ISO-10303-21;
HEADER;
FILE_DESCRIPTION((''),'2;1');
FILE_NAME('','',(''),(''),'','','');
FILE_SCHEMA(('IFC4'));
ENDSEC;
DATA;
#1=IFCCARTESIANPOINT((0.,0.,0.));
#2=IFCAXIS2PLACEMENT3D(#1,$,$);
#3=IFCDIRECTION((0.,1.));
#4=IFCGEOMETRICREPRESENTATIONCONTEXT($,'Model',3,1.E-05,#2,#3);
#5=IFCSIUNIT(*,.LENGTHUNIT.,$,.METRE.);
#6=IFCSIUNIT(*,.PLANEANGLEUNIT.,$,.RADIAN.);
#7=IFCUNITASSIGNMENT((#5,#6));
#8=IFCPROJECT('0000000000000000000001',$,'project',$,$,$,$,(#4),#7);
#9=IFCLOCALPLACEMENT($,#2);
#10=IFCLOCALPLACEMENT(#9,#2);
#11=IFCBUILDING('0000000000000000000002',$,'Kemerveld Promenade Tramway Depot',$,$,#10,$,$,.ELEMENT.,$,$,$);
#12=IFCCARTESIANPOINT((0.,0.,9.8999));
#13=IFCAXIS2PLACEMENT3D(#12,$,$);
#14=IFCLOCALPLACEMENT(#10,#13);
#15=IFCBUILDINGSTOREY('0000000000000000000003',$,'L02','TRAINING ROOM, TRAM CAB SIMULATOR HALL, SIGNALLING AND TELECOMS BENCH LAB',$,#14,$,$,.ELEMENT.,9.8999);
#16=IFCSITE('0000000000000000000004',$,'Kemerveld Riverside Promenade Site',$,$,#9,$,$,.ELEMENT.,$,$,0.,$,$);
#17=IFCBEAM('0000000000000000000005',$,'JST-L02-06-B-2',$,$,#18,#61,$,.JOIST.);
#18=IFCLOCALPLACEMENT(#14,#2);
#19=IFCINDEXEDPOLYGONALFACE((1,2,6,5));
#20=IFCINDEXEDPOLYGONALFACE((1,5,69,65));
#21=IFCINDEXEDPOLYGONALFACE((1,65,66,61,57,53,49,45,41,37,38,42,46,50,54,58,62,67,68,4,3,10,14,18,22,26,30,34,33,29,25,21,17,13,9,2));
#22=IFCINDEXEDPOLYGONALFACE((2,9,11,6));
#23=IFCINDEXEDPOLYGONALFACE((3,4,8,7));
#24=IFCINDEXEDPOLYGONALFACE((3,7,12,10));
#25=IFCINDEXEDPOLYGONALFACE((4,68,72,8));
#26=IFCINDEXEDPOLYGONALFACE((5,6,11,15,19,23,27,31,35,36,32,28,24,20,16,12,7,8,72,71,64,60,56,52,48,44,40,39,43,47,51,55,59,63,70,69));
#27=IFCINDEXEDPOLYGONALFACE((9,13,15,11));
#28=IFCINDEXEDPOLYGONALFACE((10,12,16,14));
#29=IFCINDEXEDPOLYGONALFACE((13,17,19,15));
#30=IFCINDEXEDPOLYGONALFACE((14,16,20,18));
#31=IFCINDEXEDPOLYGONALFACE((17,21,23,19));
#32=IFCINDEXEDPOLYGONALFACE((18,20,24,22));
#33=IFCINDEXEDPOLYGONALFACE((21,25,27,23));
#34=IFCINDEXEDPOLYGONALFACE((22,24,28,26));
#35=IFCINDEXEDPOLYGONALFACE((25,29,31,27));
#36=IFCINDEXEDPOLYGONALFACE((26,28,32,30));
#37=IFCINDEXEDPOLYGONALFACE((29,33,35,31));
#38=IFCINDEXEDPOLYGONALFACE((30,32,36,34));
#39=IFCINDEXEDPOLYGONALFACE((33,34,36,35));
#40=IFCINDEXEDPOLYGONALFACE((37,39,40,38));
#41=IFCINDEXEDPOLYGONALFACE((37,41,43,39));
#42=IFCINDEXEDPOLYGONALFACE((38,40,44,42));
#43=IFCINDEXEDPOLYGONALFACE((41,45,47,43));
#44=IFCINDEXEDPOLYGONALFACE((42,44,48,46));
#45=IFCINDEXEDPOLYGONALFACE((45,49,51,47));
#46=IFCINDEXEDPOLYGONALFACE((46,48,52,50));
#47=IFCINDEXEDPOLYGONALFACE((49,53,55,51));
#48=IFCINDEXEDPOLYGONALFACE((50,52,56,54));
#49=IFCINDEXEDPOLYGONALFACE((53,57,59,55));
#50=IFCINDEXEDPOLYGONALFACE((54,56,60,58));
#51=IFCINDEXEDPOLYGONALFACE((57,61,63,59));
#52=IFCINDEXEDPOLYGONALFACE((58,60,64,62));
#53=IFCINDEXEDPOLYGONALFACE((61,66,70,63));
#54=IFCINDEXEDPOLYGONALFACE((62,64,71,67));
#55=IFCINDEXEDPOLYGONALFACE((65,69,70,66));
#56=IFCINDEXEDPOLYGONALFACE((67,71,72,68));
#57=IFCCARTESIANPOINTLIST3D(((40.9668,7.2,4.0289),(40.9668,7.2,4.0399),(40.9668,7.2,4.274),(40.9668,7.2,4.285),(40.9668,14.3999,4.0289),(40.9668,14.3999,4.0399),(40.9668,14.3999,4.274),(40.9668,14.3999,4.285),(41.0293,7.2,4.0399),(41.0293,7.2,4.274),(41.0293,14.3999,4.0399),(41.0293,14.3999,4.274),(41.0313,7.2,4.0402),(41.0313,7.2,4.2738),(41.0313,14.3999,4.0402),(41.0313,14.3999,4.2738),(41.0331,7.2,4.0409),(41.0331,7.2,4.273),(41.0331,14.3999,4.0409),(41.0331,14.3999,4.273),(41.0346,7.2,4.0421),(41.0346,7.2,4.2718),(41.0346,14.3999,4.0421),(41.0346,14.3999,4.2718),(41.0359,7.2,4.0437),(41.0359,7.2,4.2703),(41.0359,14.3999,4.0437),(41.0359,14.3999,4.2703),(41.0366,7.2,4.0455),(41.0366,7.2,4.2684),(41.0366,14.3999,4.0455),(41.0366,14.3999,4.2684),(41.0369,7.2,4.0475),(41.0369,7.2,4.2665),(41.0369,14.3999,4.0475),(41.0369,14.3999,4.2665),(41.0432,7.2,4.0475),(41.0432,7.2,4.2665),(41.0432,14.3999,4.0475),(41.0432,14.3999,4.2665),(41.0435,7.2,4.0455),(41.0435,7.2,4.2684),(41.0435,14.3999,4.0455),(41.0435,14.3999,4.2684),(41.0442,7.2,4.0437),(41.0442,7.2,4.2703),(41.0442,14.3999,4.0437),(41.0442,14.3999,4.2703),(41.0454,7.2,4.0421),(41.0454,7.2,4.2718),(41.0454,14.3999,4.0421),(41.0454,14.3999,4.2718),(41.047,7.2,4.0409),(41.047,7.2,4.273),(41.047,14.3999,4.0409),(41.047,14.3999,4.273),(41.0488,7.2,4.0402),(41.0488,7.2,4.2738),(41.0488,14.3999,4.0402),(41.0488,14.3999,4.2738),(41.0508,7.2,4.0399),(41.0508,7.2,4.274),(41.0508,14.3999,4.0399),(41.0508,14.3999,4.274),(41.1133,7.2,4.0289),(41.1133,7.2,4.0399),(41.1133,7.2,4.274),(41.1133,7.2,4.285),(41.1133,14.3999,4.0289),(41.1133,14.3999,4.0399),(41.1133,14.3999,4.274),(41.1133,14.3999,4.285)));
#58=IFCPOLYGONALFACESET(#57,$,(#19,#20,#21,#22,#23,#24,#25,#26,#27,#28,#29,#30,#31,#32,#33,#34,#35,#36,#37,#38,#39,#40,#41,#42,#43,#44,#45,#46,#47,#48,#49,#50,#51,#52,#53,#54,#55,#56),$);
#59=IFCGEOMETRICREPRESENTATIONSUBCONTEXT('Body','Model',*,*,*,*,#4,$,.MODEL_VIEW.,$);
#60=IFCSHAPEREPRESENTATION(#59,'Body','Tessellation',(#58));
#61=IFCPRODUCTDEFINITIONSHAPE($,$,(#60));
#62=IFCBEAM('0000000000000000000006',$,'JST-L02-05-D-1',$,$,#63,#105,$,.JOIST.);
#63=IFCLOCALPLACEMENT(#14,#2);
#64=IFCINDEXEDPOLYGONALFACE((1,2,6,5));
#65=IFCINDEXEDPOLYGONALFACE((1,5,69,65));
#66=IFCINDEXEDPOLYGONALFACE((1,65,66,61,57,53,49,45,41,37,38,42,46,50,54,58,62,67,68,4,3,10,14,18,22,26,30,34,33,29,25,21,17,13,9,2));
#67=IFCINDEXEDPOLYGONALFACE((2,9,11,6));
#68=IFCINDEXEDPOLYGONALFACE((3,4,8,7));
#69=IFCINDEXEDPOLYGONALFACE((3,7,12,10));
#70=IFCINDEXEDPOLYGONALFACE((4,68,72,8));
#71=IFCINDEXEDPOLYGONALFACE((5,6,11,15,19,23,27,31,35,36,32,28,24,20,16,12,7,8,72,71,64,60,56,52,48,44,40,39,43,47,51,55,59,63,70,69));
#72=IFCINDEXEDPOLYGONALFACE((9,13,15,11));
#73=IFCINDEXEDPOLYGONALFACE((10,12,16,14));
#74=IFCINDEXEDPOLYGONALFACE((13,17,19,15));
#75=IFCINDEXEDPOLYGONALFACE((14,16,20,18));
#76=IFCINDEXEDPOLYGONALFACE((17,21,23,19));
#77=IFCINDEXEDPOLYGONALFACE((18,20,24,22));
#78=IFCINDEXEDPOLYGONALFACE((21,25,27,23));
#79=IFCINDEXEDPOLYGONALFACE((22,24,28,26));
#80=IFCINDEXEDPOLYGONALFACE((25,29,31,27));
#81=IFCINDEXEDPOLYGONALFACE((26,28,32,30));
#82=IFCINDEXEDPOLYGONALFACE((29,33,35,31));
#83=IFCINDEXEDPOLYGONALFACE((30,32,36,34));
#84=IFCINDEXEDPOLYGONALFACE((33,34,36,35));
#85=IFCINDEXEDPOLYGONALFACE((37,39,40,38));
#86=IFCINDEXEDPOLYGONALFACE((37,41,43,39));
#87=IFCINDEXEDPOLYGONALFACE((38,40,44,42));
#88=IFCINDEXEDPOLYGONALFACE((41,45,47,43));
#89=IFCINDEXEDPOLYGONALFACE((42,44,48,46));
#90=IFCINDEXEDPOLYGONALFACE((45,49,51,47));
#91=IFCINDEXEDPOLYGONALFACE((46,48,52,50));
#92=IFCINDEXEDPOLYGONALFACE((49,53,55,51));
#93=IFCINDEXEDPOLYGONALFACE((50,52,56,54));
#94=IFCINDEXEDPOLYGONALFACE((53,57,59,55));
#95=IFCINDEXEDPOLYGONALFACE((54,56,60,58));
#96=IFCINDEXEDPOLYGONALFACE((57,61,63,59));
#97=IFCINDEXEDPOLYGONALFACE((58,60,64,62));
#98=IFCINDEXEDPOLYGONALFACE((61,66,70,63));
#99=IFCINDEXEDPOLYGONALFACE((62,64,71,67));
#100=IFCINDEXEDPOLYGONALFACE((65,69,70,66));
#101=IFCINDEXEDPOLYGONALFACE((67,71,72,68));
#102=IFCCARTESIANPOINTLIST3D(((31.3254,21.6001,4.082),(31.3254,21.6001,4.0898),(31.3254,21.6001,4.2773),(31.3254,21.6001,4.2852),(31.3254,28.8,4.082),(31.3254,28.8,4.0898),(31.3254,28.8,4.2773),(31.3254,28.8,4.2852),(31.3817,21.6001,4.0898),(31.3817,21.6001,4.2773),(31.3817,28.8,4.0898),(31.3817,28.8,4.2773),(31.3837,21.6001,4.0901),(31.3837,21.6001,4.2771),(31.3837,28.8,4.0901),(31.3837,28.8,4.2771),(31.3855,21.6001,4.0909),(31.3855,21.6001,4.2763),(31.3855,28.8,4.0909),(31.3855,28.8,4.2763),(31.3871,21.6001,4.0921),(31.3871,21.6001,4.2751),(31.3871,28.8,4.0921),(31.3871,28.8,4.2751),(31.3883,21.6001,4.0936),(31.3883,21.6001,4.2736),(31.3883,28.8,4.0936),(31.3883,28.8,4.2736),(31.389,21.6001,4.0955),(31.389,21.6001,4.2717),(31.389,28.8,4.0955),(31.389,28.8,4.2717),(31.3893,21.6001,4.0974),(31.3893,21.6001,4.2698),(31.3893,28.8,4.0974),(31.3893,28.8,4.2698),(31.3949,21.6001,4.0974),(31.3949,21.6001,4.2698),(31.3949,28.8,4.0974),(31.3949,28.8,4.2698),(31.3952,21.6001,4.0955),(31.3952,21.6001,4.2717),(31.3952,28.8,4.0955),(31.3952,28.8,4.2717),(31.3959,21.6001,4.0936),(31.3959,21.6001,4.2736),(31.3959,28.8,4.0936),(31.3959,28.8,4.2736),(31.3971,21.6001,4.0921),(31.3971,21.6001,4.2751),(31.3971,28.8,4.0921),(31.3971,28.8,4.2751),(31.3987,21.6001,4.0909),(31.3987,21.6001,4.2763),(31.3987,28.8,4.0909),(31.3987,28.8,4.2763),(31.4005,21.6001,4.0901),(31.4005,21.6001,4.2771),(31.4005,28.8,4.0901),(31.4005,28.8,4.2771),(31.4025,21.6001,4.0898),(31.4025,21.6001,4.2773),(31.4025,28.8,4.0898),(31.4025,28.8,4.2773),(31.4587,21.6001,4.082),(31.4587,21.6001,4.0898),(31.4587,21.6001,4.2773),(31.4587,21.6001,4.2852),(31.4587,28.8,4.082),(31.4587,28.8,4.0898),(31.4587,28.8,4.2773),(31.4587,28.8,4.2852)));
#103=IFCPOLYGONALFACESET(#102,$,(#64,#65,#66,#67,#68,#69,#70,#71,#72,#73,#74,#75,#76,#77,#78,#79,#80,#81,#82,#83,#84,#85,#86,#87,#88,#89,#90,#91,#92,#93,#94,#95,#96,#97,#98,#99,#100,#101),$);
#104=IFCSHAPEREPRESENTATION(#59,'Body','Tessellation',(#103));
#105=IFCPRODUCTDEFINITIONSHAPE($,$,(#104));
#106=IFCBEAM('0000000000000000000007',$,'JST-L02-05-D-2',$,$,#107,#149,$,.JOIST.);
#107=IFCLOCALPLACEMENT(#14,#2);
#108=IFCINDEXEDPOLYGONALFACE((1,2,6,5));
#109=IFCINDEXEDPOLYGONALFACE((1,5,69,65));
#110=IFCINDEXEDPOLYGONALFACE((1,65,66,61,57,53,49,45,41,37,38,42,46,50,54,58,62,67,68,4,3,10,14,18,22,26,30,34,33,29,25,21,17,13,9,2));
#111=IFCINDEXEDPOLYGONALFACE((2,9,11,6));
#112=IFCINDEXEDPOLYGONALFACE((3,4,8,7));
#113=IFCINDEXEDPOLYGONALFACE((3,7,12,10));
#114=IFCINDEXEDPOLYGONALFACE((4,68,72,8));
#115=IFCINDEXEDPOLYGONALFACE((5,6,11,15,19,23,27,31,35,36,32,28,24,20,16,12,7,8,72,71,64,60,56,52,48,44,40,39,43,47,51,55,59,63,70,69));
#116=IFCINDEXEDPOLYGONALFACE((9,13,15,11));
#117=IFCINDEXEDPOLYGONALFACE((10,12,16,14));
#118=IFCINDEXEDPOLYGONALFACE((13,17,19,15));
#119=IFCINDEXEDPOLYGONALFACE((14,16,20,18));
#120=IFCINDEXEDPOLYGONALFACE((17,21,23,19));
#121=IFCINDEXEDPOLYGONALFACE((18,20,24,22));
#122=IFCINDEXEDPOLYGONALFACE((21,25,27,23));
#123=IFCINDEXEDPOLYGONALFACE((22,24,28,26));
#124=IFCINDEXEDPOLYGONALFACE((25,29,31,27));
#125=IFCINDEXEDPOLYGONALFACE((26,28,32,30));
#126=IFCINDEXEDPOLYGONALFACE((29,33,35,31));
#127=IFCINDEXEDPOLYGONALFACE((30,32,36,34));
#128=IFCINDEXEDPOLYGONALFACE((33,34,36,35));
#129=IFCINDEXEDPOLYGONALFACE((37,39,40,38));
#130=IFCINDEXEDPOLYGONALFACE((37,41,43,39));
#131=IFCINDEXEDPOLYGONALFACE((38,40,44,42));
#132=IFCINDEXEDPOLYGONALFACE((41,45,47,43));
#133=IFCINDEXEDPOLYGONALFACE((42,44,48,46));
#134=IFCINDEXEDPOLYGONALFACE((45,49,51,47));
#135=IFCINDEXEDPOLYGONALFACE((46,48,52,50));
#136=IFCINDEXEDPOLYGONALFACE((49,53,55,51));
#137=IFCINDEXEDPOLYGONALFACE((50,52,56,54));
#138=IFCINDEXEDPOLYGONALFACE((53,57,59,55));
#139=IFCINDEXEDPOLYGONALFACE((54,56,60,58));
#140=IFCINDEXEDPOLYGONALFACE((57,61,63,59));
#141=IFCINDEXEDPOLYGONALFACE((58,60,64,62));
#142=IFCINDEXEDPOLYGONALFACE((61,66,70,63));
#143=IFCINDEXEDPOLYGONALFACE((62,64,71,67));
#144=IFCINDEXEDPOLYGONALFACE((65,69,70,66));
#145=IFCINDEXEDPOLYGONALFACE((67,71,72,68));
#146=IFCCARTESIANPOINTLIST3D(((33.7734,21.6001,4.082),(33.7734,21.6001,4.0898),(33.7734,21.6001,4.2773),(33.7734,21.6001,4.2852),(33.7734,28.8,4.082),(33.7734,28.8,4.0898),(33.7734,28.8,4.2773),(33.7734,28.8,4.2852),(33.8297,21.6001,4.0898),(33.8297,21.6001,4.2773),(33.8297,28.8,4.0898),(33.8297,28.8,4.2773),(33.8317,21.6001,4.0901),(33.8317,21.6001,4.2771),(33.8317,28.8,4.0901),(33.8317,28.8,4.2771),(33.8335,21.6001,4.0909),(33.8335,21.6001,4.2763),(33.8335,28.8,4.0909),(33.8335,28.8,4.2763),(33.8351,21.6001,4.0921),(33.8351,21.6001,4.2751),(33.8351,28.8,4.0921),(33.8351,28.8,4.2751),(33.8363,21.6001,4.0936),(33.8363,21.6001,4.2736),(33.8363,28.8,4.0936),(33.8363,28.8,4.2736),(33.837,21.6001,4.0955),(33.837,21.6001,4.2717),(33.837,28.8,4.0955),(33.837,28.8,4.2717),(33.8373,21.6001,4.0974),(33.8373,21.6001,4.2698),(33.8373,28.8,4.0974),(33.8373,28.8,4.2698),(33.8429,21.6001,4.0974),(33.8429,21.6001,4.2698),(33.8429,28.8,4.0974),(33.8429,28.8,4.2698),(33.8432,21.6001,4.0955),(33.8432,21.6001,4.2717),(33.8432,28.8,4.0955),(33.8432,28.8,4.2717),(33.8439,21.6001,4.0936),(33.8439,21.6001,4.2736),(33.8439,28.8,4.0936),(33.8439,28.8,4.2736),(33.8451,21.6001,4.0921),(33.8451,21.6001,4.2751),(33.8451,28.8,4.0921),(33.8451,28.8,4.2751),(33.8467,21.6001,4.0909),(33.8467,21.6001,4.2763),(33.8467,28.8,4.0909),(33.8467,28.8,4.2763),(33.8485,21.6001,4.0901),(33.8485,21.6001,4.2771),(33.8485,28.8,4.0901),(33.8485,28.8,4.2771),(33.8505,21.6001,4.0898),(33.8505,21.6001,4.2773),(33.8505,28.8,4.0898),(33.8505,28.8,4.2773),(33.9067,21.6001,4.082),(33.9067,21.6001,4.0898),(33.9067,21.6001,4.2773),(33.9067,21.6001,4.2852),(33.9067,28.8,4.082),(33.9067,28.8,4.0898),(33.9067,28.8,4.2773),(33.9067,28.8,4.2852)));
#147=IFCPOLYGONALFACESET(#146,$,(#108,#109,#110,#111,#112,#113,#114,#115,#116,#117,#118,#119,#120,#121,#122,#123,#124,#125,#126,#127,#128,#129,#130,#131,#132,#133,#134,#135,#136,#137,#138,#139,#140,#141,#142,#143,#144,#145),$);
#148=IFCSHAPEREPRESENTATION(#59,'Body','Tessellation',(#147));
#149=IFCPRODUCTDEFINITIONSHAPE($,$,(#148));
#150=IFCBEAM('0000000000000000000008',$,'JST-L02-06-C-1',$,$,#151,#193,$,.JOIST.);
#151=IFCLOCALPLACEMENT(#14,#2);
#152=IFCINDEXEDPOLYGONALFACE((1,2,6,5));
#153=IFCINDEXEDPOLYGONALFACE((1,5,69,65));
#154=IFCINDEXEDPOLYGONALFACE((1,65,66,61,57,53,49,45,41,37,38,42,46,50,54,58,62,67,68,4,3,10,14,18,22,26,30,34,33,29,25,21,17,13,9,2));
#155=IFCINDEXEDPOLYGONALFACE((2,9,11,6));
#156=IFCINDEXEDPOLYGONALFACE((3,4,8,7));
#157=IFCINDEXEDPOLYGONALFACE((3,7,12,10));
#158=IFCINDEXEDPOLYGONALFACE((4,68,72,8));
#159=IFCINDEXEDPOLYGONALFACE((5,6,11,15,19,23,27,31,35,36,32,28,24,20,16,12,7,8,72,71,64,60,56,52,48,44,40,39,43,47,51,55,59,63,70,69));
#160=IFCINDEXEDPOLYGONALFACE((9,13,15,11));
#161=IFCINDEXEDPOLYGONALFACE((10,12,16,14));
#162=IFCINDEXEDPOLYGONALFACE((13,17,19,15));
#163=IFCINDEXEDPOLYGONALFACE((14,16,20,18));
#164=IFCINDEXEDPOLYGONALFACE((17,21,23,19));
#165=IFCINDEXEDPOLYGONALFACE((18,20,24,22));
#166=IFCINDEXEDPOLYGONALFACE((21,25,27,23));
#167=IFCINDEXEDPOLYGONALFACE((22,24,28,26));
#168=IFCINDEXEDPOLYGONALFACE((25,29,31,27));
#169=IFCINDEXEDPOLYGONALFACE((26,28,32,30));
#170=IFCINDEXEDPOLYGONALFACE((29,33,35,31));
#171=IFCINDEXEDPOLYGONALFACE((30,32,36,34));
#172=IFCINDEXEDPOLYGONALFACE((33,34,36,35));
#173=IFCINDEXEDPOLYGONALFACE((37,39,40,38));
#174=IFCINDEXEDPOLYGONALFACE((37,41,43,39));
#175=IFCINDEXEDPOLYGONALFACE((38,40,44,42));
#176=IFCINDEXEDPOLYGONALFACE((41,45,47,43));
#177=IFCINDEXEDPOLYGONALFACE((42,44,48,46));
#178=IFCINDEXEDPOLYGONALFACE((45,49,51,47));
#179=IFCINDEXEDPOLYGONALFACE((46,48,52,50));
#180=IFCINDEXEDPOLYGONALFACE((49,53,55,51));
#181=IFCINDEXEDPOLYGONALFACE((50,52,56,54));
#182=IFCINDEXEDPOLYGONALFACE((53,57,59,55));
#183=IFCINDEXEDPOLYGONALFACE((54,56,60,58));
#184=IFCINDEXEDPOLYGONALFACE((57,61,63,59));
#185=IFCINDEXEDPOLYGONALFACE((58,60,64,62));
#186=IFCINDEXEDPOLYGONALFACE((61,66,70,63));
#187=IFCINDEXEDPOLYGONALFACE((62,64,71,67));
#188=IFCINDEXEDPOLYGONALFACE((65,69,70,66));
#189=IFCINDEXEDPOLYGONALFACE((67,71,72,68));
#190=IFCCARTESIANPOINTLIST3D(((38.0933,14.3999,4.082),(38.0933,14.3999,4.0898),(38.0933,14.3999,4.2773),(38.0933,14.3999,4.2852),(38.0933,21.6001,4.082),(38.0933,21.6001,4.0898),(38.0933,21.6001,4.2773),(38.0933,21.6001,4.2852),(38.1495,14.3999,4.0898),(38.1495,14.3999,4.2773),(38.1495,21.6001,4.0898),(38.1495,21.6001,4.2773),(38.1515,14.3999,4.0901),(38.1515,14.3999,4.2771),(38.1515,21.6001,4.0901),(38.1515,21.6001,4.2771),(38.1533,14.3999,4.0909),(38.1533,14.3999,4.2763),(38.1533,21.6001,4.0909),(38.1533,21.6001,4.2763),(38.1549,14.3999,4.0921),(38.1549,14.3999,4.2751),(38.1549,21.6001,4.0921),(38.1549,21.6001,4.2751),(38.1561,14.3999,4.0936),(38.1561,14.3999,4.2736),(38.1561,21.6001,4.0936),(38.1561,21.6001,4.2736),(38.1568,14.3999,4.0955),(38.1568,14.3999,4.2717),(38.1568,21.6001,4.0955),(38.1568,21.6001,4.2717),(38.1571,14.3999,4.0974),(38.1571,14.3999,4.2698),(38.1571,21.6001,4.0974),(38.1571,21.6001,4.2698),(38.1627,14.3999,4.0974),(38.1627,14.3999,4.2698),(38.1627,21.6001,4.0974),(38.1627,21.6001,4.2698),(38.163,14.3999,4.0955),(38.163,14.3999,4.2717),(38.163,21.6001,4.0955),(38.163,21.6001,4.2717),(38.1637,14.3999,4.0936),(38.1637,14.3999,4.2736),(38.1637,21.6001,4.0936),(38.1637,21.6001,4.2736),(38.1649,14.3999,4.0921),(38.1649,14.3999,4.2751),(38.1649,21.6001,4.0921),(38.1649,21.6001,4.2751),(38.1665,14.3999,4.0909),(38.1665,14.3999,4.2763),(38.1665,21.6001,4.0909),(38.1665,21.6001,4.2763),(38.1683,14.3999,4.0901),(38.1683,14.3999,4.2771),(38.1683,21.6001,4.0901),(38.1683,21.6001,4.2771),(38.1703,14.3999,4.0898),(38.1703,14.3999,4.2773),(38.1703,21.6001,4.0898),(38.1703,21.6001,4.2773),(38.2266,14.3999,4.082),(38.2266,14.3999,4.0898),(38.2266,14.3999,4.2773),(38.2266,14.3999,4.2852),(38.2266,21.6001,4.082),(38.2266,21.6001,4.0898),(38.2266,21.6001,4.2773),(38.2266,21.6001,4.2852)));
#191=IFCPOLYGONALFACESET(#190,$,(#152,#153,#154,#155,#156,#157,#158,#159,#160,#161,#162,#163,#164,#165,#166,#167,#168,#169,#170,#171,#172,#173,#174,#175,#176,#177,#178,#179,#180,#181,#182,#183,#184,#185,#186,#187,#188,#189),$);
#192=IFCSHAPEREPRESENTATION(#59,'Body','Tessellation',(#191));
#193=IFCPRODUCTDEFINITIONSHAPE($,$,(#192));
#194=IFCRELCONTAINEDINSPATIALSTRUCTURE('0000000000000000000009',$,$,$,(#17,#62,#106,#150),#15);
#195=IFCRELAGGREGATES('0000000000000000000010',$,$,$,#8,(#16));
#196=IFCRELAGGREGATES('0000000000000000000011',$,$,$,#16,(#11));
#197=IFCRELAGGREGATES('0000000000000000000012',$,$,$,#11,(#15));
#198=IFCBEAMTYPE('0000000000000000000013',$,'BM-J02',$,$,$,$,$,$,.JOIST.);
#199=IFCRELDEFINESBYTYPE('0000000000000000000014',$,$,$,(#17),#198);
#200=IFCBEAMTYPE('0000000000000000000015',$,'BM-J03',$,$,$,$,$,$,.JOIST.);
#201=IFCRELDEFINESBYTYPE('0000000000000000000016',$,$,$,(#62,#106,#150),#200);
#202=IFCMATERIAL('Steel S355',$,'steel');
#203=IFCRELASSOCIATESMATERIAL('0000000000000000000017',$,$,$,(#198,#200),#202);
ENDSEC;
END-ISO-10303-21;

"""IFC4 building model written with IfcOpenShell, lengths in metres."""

from ifc_helpers import new_model, si_unit, direction, frame, origin, origin_2d, place, context, subcontext, project, spatial, i_section, extrude, material, material_profile, profile_set, type_object, element, save


model = new_model("IFC4")

# Units and contexts
model_context = context("Model", 3, precision=1e-05, world=origin(), true_north=direction((0.0, 1.0)))
body_context = subcontext(model_context, "Body", "Model", "MODEL_VIEW")
ifc_project = project(units=[si_unit("LENGTHUNIT", "METRE"), si_unit("PLANEANGLEUNIT", "RADIAN")], contexts=[model_context])

# Site, building, storey
site_placement = place(None, origin())
site = spatial("IfcSite", under=ifc_project, at=site_placement, Name="Kemerveld Riverside Promenade Site", CompositionType="ELEMENT", RefElevation=0.0)
building_placement = place(site_placement, origin())
building = spatial("IfcBuilding", under=site, at=building_placement, Name="Kemerveld Promenade Tramway Depot", CompositionType="ELEMENT")
storey_placement = place(building_placement, frame((0.0, 0.0, 9.8999)))
storey = spatial("IfcBuildingStorey", under=building, at=storey_placement, Name="L02", Description="TRAINING ROOM, TRAM CAB SIMULATOR HALL, SIGNALLING AND TELECOMS BENCH LAB", CompositionType="ELEMENT", Elevation=9.8999)

# Shared definitions
ifc_material_1 = material(Name="Steel S355", Category="steel")

# Beams
ifc_material_profile_1 = material_profile(ifc_material_1, i_section(OverallWidth=0.1465, OverallDepth=0.2561, WebThickness=0.0063, FlangeThickness=0.011, FilletRadius=0.0076, at=origin_2d()), Name="254x146x37 UB")
ifc_profile_set_1 = profile_set([ifc_material_profile_1], Name="Steel S355")
beam_type_1 = type_object("IfcBeamType", Name="BM-J02", PredefinedType="JOIST", material=ifc_profile_set_1)
for number, where, z_axis, x_axis, name in (
    (1, (41.04, 7.2, 4.157), (0.0, 1.0, 0.0), (-1.0, 0.0, 0.0), "JST-L02-06-B-2"),
):
    element("IfcBeam", number, at=place(storey_placement, frame(where, z_axis=z_axis, x_axis=x_axis)), inside=storey, type_object=beam_type_1, Name=name, PredefinedType="JOIST", context=body_context, shape_type="SweptSolid", body=[
        extrude(i_section(OverallWidth=0.1465, OverallDepth=0.2561, WebThickness=0.0063, FlangeThickness=0.011, FilletRadius=0.0076, at=origin_2d()), origin(), (0.0, 0.0, 1.0), 7.2),
    ])
ifc_material_profile_2 = material_profile(ifc_material_1, i_section(OverallWidth=0.1333, OverallDepth=0.2031, WebThickness=0.0056, FlangeThickness=0.0078, FilletRadius=0.0076, at=origin_2d()), Name="203x133x25 UB")
ifc_profile_set_2 = profile_set([ifc_material_profile_2], Name="Steel S355")
beam_type_2 = type_object("IfcBeamType", Name="BM-J03", PredefinedType="JOIST", material=ifc_profile_set_2)
for number, where, z_axis, x_axis, name in (
    (2, (31.3921, 21.6001, 4.1836), (0.0, 1.0, 0.0), (-1.0, 0.0, 0.0), "JST-L02-05-D-1"),
    (3, (33.8401, 21.6001, 4.1836), (0.0, 1.0, 0.0), (-1.0, 0.0, 0.0), "JST-L02-05-D-2"),
):
    element("IfcBeam", number, at=place(storey_placement, frame(where, z_axis=z_axis, x_axis=x_axis)), inside=storey, type_object=beam_type_2, Name=name, PredefinedType="JOIST", context=body_context, shape_type="SweptSolid", body=[
        extrude(i_section(OverallWidth=0.1333, OverallDepth=0.2031, WebThickness=0.0056, FlangeThickness=0.0078, FilletRadius=0.0076, at=origin_2d()), origin(), (0.0, 0.0, 1.0), 7.2),
    ])
for number, where, z_axis, x_axis, name in (
    (4, (38.1599, 14.3999, 4.1836), (0.0, 1.0, 0.0), (-1.0, 0.0, 0.0), "JST-L02-06-C-1"),
):
    element("IfcBeam", number, at=place(storey_placement, frame(where, z_axis=z_axis, x_axis=x_axis)), inside=storey, type_object=beam_type_2, Name=name, PredefinedType="JOIST", context=body_context, shape_type="SweptSolid", body=[
        extrude(i_section(OverallWidth=0.1333, OverallDepth=0.2031, WebThickness=0.0056, FlangeThickness=0.0078, FilletRadius=0.0076, at=origin_2d()), origin(), (0.0, 0.0, 1.0), 7.2002),
    ])

save(model, "model.ifc")
